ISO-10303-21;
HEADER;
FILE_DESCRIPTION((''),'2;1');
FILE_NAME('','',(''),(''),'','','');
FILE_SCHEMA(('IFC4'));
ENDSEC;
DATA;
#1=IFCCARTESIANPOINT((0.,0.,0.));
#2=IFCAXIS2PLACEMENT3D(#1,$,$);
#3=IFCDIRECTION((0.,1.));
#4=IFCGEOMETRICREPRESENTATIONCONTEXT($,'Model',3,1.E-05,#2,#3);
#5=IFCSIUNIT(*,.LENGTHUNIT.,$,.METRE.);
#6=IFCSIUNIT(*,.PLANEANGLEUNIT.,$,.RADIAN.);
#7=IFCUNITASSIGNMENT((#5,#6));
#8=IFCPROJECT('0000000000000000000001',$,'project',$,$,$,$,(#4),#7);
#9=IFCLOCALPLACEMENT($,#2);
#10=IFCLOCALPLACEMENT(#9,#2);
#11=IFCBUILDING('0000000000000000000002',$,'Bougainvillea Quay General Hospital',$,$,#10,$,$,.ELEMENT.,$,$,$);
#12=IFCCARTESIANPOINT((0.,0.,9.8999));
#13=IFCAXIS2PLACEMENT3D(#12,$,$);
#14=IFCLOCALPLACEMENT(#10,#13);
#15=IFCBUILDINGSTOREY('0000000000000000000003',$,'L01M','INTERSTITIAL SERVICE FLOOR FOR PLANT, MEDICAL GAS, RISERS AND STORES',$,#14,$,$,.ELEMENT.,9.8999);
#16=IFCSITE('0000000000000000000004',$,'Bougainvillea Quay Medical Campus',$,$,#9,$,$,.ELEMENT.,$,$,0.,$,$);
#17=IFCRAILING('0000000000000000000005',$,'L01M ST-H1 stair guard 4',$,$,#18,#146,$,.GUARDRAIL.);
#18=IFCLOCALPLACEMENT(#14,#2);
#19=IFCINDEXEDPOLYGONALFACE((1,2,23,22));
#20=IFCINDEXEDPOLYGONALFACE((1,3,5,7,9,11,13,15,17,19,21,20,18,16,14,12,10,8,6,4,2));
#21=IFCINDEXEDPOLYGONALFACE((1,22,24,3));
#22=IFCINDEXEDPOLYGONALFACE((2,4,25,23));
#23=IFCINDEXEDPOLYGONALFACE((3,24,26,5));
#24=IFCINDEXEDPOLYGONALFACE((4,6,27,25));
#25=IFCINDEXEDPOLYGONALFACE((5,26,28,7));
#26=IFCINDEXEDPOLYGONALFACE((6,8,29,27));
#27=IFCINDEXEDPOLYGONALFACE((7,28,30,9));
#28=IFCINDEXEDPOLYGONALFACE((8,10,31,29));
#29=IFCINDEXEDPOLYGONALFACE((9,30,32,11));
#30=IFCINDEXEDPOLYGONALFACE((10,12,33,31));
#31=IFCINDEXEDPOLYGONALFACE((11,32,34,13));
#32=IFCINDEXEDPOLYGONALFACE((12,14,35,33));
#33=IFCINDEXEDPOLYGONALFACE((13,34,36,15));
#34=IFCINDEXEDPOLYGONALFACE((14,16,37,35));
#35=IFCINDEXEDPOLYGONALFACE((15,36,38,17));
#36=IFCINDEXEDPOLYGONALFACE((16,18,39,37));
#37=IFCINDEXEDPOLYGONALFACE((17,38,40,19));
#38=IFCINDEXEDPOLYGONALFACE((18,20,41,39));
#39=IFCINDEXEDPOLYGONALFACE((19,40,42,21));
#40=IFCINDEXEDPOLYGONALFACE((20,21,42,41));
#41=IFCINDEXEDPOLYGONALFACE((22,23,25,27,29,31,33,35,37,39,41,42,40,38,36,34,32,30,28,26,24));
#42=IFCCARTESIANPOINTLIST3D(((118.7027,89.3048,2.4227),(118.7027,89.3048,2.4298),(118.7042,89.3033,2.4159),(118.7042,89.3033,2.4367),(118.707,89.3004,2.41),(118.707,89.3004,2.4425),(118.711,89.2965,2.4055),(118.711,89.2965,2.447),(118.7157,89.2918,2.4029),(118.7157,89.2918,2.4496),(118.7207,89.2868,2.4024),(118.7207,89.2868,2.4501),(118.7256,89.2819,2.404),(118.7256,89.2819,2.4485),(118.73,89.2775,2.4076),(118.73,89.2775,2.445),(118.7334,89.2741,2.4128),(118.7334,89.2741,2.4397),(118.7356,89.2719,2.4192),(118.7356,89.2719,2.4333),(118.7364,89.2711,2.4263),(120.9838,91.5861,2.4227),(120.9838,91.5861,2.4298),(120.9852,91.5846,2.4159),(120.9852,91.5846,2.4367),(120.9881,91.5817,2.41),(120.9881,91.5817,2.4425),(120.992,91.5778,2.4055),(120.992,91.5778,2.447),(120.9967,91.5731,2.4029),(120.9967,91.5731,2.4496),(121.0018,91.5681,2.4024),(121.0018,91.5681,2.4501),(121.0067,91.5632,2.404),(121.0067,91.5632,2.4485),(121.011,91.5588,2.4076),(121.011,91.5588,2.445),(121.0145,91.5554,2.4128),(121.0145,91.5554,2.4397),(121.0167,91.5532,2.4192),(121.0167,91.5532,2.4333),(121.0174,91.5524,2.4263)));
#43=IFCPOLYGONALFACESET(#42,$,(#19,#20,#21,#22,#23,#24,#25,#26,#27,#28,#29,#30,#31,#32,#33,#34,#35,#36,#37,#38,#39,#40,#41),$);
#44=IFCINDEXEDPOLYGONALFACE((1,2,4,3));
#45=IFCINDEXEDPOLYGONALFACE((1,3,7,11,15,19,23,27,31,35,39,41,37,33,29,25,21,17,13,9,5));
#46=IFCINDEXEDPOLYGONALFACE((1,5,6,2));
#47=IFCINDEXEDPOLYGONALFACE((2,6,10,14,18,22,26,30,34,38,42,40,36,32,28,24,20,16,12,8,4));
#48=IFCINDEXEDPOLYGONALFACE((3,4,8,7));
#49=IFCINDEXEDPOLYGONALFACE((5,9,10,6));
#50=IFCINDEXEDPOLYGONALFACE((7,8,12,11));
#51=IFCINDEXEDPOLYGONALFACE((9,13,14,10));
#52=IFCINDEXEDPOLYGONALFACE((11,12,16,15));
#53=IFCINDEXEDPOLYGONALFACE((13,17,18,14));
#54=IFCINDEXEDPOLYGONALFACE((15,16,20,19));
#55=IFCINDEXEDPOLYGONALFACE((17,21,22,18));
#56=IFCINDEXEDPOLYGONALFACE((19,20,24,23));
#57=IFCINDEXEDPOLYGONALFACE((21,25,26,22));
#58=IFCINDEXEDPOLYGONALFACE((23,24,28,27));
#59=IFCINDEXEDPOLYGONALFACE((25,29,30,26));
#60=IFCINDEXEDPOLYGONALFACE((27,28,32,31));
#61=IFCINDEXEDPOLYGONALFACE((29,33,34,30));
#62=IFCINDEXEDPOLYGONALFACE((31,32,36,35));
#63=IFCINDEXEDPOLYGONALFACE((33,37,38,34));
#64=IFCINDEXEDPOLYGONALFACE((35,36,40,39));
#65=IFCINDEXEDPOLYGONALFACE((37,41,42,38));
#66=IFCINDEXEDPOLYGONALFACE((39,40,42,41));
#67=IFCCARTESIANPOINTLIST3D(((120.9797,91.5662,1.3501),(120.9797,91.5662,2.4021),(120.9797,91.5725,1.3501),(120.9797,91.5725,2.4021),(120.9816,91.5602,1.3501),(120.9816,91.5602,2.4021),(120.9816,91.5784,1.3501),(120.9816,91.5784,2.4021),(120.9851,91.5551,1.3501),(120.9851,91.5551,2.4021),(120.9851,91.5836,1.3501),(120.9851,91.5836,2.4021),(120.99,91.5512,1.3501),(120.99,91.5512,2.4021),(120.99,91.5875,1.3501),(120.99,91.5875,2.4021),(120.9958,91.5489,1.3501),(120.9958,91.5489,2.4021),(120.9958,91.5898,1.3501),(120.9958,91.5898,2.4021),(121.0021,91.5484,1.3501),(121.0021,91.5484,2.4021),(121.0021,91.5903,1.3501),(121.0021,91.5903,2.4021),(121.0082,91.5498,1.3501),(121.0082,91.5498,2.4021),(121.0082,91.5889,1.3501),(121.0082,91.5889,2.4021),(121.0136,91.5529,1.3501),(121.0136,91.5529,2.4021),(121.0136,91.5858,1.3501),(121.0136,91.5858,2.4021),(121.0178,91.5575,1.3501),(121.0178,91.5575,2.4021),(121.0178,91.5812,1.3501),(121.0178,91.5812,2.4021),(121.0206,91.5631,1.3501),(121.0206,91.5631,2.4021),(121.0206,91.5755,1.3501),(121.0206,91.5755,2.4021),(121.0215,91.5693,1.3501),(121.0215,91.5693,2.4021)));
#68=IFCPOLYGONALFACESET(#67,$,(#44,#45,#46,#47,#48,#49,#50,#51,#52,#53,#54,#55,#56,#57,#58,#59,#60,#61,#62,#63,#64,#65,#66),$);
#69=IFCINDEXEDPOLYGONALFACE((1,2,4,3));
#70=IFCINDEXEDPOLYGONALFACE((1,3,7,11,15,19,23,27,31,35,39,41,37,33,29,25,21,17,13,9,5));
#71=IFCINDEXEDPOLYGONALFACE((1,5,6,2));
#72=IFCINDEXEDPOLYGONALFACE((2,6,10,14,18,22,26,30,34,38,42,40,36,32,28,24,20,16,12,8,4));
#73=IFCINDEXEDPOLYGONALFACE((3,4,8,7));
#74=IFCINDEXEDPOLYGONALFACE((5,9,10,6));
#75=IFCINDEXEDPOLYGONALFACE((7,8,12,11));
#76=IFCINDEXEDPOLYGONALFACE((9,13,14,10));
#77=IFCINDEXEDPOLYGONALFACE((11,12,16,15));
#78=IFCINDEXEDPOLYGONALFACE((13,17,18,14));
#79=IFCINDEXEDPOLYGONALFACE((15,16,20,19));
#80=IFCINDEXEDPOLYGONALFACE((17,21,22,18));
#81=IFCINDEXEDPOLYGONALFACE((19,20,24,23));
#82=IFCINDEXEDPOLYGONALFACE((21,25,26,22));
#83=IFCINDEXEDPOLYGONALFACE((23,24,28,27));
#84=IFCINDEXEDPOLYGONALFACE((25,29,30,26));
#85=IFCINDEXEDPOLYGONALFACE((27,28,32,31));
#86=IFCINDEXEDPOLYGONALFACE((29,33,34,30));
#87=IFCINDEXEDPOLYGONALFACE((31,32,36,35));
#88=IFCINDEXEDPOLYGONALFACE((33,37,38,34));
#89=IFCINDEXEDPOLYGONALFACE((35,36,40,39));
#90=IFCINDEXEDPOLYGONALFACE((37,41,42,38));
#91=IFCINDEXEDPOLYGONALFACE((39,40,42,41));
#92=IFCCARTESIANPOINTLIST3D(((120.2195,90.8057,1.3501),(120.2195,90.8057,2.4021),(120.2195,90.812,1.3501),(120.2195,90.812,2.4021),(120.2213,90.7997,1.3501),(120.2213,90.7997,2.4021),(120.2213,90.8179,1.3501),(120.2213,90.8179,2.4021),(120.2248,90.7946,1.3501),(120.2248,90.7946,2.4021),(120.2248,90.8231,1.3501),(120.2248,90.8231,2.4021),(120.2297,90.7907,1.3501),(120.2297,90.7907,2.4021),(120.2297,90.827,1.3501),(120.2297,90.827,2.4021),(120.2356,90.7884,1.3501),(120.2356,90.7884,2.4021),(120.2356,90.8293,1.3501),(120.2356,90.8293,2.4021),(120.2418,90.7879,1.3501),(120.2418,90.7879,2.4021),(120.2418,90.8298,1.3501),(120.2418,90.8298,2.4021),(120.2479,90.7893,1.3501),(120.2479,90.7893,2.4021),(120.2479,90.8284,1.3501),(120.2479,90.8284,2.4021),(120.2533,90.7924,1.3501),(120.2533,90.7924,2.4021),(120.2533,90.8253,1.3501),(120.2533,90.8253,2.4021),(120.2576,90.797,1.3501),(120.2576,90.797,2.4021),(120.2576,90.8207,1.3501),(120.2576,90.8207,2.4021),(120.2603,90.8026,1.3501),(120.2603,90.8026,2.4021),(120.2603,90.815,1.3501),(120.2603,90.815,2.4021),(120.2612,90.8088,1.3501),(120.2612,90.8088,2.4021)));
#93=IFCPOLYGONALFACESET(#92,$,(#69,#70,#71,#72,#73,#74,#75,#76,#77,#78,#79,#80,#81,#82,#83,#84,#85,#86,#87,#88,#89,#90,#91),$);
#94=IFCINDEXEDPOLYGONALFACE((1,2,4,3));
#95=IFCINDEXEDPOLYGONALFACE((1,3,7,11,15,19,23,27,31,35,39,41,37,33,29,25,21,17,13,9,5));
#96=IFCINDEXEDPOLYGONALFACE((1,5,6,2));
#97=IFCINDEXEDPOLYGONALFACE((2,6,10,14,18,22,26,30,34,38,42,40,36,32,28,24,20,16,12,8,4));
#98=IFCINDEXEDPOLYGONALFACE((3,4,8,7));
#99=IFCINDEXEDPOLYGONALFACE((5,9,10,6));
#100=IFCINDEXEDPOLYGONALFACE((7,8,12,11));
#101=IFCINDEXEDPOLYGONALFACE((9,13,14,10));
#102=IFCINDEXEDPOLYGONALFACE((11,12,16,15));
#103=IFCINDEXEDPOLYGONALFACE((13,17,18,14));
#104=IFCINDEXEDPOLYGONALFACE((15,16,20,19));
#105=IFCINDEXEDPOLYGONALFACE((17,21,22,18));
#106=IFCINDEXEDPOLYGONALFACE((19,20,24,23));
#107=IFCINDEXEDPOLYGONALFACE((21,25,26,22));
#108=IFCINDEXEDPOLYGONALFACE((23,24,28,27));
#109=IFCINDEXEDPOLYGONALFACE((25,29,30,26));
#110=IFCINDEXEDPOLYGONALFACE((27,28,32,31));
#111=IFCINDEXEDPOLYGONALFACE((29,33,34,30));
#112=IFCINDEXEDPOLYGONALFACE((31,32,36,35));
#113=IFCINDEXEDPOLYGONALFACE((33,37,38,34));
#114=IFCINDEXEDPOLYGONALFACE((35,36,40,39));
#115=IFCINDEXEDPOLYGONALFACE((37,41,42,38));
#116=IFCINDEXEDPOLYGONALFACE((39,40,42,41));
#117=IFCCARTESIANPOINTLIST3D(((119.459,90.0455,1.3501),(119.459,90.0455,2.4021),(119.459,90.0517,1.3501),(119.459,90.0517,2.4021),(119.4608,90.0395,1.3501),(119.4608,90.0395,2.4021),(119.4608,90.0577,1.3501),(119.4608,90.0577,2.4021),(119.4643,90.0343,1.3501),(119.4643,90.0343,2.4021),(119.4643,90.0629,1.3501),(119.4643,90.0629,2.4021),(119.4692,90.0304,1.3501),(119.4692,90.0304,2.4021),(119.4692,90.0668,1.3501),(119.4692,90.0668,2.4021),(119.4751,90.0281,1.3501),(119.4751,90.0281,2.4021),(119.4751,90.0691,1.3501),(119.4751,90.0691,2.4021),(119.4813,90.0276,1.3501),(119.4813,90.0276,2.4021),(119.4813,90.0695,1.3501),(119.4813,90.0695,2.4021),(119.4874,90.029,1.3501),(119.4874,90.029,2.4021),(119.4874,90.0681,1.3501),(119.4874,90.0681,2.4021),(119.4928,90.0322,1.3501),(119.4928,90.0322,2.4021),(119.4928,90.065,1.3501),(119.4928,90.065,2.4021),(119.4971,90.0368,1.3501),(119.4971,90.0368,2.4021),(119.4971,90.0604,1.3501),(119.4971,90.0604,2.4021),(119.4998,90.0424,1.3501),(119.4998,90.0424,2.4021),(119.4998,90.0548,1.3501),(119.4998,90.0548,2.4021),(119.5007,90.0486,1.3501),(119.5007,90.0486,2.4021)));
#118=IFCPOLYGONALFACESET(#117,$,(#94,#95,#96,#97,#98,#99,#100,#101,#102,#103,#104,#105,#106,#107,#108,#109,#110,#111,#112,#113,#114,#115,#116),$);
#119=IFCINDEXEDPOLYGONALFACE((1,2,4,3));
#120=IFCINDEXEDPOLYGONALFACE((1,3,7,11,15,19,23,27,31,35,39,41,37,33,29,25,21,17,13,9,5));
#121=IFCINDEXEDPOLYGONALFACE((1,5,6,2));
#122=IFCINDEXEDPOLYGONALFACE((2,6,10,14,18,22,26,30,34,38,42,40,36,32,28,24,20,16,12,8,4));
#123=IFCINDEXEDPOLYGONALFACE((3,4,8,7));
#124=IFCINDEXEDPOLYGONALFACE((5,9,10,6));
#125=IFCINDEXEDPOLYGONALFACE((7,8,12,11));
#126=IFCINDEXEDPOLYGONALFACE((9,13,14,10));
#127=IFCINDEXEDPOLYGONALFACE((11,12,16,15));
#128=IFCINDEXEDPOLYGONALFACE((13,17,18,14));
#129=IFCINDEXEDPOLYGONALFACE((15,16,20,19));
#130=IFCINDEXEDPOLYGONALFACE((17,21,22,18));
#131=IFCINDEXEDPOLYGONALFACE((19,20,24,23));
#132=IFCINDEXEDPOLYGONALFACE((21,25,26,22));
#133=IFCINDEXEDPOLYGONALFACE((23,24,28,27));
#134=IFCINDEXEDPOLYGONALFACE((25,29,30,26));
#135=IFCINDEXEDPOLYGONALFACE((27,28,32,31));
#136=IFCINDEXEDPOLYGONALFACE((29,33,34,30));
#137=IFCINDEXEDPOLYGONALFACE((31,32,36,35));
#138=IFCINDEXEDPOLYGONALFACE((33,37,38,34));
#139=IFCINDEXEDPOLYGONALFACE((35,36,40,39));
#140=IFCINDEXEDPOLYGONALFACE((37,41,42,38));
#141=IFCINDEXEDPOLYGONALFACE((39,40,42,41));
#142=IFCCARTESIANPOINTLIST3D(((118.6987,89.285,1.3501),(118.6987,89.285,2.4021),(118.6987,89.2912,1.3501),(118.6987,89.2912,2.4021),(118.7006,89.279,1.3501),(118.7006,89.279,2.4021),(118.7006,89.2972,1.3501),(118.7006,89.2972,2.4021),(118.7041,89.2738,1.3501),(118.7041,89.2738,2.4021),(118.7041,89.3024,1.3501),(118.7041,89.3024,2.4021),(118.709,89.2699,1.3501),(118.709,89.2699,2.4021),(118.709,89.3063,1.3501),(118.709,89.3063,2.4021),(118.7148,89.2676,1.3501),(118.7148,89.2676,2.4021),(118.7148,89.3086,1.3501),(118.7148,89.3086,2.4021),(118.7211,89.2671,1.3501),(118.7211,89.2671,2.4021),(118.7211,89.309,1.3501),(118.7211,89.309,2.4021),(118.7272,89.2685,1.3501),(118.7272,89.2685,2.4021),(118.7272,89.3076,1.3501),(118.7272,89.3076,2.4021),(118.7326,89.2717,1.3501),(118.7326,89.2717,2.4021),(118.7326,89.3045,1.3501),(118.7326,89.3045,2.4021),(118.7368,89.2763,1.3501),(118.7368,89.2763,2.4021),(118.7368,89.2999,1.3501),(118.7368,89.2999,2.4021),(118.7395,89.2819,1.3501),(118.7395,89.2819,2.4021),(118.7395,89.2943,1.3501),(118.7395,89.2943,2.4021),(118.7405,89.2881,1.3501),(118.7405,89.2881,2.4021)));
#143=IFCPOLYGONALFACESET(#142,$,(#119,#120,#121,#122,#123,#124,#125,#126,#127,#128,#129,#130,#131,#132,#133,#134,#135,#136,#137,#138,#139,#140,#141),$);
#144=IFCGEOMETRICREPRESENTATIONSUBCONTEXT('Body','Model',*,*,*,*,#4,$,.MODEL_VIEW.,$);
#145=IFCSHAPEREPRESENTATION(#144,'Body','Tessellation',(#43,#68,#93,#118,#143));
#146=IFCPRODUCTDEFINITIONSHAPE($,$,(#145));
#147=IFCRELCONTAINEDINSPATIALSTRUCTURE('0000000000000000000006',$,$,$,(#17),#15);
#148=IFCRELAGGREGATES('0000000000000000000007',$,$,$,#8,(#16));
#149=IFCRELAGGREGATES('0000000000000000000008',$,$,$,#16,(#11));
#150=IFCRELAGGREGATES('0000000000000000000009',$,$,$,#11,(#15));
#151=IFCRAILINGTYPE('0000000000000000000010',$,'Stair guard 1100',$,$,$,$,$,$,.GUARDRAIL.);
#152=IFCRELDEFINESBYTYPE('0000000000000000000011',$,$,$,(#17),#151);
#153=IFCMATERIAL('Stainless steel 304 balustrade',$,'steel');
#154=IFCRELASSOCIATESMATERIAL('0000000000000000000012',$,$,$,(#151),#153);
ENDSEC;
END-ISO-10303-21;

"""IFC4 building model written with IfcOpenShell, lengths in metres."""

from ifc_helpers import new_model, si_unit, direction, frame, origin, origin_2d, place, context, subcontext, project, spatial, circle, extrude, material, type_object, element, save


model = new_model("IFC4")

# Units and contexts
model_context = context("Model", 3, precision=1e-05, world=origin(), true_north=direction((0.0, 1.0)))
body_context = subcontext(model_context, "Body", "Model", "MODEL_VIEW")
ifc_project = project(units=[si_unit("LENGTHUNIT", "METRE"), si_unit("PLANEANGLEUNIT", "RADIAN")], contexts=[model_context])

# Site, building, storey
site_placement = place(None, origin())
site = spatial("IfcSite", under=ifc_project, at=site_placement, Name="Bougainvillea Quay Medical Campus", CompositionType="ELEMENT", RefElevation=0.0)
building_placement = place(site_placement, origin())
building = spatial("IfcBuilding", under=site, at=building_placement, Name="Bougainvillea Quay General Hospital", CompositionType="ELEMENT")
storey_placement = place(building_placement, frame((0.0, 0.0, 9.8999)))
storey = spatial("IfcBuildingStorey", under=building, at=storey_placement, Name="L01M", Description="INTERSTITIAL SERVICE FLOOR FOR PLANT, MEDICAL GAS, RISERS AND STORES", CompositionType="ELEMENT", Elevation=9.8999)

# Railing
ifc_material_1 = material(Name="Stainless steel 304 balustrade", Category="steel")
railing_type_1 = type_object("IfcRailingType", Name="Stair guard 1100", PredefinedType="GUARDRAIL", material=ifc_material_1)
railing_1_placement = place(storey_placement, frame((121.0005, 91.5693, 1.3501)))
element("IfcRailing", 1, at=railing_1_placement, inside=storey, type_object=railing_type_1, Name="L01M ST-H1 stair guard 4", PredefinedType="GUARDRAIL", context=body_context, shape_type="SweptSolid", body=[
    extrude(circle(Radius=0.0239, at=origin_2d()), frame((0.0, 0.0, 1.0762), z_axis=(-0.707069, -0.707145, 0.0), x_axis=(0.707145, -0.707069, 0.0)), (0.0, 0.0, 1.0), 3.2261),
    extrude(circle(Radius=0.021, at=origin_2d()), origin(), (0.0, 0.0, 1.0), 1.052),
    extrude(circle(Radius=0.021, at=origin_2d()), frame((-0.7603, -0.7605, 0.0)), (0.0, 0.0, 1.0), 1.052),
    extrude(circle(Radius=0.021, at=origin_2d()), frame((-1.5208, -1.5208, 0.0)), (0.0, 0.0, 1.0), 1.052),
    extrude(circle(Radius=0.021, at=origin_2d()), frame((-2.281, -2.2812, 0.0)), (0.0, 0.0, 1.0), 1.052),
])

save(model, "model.ifc")
